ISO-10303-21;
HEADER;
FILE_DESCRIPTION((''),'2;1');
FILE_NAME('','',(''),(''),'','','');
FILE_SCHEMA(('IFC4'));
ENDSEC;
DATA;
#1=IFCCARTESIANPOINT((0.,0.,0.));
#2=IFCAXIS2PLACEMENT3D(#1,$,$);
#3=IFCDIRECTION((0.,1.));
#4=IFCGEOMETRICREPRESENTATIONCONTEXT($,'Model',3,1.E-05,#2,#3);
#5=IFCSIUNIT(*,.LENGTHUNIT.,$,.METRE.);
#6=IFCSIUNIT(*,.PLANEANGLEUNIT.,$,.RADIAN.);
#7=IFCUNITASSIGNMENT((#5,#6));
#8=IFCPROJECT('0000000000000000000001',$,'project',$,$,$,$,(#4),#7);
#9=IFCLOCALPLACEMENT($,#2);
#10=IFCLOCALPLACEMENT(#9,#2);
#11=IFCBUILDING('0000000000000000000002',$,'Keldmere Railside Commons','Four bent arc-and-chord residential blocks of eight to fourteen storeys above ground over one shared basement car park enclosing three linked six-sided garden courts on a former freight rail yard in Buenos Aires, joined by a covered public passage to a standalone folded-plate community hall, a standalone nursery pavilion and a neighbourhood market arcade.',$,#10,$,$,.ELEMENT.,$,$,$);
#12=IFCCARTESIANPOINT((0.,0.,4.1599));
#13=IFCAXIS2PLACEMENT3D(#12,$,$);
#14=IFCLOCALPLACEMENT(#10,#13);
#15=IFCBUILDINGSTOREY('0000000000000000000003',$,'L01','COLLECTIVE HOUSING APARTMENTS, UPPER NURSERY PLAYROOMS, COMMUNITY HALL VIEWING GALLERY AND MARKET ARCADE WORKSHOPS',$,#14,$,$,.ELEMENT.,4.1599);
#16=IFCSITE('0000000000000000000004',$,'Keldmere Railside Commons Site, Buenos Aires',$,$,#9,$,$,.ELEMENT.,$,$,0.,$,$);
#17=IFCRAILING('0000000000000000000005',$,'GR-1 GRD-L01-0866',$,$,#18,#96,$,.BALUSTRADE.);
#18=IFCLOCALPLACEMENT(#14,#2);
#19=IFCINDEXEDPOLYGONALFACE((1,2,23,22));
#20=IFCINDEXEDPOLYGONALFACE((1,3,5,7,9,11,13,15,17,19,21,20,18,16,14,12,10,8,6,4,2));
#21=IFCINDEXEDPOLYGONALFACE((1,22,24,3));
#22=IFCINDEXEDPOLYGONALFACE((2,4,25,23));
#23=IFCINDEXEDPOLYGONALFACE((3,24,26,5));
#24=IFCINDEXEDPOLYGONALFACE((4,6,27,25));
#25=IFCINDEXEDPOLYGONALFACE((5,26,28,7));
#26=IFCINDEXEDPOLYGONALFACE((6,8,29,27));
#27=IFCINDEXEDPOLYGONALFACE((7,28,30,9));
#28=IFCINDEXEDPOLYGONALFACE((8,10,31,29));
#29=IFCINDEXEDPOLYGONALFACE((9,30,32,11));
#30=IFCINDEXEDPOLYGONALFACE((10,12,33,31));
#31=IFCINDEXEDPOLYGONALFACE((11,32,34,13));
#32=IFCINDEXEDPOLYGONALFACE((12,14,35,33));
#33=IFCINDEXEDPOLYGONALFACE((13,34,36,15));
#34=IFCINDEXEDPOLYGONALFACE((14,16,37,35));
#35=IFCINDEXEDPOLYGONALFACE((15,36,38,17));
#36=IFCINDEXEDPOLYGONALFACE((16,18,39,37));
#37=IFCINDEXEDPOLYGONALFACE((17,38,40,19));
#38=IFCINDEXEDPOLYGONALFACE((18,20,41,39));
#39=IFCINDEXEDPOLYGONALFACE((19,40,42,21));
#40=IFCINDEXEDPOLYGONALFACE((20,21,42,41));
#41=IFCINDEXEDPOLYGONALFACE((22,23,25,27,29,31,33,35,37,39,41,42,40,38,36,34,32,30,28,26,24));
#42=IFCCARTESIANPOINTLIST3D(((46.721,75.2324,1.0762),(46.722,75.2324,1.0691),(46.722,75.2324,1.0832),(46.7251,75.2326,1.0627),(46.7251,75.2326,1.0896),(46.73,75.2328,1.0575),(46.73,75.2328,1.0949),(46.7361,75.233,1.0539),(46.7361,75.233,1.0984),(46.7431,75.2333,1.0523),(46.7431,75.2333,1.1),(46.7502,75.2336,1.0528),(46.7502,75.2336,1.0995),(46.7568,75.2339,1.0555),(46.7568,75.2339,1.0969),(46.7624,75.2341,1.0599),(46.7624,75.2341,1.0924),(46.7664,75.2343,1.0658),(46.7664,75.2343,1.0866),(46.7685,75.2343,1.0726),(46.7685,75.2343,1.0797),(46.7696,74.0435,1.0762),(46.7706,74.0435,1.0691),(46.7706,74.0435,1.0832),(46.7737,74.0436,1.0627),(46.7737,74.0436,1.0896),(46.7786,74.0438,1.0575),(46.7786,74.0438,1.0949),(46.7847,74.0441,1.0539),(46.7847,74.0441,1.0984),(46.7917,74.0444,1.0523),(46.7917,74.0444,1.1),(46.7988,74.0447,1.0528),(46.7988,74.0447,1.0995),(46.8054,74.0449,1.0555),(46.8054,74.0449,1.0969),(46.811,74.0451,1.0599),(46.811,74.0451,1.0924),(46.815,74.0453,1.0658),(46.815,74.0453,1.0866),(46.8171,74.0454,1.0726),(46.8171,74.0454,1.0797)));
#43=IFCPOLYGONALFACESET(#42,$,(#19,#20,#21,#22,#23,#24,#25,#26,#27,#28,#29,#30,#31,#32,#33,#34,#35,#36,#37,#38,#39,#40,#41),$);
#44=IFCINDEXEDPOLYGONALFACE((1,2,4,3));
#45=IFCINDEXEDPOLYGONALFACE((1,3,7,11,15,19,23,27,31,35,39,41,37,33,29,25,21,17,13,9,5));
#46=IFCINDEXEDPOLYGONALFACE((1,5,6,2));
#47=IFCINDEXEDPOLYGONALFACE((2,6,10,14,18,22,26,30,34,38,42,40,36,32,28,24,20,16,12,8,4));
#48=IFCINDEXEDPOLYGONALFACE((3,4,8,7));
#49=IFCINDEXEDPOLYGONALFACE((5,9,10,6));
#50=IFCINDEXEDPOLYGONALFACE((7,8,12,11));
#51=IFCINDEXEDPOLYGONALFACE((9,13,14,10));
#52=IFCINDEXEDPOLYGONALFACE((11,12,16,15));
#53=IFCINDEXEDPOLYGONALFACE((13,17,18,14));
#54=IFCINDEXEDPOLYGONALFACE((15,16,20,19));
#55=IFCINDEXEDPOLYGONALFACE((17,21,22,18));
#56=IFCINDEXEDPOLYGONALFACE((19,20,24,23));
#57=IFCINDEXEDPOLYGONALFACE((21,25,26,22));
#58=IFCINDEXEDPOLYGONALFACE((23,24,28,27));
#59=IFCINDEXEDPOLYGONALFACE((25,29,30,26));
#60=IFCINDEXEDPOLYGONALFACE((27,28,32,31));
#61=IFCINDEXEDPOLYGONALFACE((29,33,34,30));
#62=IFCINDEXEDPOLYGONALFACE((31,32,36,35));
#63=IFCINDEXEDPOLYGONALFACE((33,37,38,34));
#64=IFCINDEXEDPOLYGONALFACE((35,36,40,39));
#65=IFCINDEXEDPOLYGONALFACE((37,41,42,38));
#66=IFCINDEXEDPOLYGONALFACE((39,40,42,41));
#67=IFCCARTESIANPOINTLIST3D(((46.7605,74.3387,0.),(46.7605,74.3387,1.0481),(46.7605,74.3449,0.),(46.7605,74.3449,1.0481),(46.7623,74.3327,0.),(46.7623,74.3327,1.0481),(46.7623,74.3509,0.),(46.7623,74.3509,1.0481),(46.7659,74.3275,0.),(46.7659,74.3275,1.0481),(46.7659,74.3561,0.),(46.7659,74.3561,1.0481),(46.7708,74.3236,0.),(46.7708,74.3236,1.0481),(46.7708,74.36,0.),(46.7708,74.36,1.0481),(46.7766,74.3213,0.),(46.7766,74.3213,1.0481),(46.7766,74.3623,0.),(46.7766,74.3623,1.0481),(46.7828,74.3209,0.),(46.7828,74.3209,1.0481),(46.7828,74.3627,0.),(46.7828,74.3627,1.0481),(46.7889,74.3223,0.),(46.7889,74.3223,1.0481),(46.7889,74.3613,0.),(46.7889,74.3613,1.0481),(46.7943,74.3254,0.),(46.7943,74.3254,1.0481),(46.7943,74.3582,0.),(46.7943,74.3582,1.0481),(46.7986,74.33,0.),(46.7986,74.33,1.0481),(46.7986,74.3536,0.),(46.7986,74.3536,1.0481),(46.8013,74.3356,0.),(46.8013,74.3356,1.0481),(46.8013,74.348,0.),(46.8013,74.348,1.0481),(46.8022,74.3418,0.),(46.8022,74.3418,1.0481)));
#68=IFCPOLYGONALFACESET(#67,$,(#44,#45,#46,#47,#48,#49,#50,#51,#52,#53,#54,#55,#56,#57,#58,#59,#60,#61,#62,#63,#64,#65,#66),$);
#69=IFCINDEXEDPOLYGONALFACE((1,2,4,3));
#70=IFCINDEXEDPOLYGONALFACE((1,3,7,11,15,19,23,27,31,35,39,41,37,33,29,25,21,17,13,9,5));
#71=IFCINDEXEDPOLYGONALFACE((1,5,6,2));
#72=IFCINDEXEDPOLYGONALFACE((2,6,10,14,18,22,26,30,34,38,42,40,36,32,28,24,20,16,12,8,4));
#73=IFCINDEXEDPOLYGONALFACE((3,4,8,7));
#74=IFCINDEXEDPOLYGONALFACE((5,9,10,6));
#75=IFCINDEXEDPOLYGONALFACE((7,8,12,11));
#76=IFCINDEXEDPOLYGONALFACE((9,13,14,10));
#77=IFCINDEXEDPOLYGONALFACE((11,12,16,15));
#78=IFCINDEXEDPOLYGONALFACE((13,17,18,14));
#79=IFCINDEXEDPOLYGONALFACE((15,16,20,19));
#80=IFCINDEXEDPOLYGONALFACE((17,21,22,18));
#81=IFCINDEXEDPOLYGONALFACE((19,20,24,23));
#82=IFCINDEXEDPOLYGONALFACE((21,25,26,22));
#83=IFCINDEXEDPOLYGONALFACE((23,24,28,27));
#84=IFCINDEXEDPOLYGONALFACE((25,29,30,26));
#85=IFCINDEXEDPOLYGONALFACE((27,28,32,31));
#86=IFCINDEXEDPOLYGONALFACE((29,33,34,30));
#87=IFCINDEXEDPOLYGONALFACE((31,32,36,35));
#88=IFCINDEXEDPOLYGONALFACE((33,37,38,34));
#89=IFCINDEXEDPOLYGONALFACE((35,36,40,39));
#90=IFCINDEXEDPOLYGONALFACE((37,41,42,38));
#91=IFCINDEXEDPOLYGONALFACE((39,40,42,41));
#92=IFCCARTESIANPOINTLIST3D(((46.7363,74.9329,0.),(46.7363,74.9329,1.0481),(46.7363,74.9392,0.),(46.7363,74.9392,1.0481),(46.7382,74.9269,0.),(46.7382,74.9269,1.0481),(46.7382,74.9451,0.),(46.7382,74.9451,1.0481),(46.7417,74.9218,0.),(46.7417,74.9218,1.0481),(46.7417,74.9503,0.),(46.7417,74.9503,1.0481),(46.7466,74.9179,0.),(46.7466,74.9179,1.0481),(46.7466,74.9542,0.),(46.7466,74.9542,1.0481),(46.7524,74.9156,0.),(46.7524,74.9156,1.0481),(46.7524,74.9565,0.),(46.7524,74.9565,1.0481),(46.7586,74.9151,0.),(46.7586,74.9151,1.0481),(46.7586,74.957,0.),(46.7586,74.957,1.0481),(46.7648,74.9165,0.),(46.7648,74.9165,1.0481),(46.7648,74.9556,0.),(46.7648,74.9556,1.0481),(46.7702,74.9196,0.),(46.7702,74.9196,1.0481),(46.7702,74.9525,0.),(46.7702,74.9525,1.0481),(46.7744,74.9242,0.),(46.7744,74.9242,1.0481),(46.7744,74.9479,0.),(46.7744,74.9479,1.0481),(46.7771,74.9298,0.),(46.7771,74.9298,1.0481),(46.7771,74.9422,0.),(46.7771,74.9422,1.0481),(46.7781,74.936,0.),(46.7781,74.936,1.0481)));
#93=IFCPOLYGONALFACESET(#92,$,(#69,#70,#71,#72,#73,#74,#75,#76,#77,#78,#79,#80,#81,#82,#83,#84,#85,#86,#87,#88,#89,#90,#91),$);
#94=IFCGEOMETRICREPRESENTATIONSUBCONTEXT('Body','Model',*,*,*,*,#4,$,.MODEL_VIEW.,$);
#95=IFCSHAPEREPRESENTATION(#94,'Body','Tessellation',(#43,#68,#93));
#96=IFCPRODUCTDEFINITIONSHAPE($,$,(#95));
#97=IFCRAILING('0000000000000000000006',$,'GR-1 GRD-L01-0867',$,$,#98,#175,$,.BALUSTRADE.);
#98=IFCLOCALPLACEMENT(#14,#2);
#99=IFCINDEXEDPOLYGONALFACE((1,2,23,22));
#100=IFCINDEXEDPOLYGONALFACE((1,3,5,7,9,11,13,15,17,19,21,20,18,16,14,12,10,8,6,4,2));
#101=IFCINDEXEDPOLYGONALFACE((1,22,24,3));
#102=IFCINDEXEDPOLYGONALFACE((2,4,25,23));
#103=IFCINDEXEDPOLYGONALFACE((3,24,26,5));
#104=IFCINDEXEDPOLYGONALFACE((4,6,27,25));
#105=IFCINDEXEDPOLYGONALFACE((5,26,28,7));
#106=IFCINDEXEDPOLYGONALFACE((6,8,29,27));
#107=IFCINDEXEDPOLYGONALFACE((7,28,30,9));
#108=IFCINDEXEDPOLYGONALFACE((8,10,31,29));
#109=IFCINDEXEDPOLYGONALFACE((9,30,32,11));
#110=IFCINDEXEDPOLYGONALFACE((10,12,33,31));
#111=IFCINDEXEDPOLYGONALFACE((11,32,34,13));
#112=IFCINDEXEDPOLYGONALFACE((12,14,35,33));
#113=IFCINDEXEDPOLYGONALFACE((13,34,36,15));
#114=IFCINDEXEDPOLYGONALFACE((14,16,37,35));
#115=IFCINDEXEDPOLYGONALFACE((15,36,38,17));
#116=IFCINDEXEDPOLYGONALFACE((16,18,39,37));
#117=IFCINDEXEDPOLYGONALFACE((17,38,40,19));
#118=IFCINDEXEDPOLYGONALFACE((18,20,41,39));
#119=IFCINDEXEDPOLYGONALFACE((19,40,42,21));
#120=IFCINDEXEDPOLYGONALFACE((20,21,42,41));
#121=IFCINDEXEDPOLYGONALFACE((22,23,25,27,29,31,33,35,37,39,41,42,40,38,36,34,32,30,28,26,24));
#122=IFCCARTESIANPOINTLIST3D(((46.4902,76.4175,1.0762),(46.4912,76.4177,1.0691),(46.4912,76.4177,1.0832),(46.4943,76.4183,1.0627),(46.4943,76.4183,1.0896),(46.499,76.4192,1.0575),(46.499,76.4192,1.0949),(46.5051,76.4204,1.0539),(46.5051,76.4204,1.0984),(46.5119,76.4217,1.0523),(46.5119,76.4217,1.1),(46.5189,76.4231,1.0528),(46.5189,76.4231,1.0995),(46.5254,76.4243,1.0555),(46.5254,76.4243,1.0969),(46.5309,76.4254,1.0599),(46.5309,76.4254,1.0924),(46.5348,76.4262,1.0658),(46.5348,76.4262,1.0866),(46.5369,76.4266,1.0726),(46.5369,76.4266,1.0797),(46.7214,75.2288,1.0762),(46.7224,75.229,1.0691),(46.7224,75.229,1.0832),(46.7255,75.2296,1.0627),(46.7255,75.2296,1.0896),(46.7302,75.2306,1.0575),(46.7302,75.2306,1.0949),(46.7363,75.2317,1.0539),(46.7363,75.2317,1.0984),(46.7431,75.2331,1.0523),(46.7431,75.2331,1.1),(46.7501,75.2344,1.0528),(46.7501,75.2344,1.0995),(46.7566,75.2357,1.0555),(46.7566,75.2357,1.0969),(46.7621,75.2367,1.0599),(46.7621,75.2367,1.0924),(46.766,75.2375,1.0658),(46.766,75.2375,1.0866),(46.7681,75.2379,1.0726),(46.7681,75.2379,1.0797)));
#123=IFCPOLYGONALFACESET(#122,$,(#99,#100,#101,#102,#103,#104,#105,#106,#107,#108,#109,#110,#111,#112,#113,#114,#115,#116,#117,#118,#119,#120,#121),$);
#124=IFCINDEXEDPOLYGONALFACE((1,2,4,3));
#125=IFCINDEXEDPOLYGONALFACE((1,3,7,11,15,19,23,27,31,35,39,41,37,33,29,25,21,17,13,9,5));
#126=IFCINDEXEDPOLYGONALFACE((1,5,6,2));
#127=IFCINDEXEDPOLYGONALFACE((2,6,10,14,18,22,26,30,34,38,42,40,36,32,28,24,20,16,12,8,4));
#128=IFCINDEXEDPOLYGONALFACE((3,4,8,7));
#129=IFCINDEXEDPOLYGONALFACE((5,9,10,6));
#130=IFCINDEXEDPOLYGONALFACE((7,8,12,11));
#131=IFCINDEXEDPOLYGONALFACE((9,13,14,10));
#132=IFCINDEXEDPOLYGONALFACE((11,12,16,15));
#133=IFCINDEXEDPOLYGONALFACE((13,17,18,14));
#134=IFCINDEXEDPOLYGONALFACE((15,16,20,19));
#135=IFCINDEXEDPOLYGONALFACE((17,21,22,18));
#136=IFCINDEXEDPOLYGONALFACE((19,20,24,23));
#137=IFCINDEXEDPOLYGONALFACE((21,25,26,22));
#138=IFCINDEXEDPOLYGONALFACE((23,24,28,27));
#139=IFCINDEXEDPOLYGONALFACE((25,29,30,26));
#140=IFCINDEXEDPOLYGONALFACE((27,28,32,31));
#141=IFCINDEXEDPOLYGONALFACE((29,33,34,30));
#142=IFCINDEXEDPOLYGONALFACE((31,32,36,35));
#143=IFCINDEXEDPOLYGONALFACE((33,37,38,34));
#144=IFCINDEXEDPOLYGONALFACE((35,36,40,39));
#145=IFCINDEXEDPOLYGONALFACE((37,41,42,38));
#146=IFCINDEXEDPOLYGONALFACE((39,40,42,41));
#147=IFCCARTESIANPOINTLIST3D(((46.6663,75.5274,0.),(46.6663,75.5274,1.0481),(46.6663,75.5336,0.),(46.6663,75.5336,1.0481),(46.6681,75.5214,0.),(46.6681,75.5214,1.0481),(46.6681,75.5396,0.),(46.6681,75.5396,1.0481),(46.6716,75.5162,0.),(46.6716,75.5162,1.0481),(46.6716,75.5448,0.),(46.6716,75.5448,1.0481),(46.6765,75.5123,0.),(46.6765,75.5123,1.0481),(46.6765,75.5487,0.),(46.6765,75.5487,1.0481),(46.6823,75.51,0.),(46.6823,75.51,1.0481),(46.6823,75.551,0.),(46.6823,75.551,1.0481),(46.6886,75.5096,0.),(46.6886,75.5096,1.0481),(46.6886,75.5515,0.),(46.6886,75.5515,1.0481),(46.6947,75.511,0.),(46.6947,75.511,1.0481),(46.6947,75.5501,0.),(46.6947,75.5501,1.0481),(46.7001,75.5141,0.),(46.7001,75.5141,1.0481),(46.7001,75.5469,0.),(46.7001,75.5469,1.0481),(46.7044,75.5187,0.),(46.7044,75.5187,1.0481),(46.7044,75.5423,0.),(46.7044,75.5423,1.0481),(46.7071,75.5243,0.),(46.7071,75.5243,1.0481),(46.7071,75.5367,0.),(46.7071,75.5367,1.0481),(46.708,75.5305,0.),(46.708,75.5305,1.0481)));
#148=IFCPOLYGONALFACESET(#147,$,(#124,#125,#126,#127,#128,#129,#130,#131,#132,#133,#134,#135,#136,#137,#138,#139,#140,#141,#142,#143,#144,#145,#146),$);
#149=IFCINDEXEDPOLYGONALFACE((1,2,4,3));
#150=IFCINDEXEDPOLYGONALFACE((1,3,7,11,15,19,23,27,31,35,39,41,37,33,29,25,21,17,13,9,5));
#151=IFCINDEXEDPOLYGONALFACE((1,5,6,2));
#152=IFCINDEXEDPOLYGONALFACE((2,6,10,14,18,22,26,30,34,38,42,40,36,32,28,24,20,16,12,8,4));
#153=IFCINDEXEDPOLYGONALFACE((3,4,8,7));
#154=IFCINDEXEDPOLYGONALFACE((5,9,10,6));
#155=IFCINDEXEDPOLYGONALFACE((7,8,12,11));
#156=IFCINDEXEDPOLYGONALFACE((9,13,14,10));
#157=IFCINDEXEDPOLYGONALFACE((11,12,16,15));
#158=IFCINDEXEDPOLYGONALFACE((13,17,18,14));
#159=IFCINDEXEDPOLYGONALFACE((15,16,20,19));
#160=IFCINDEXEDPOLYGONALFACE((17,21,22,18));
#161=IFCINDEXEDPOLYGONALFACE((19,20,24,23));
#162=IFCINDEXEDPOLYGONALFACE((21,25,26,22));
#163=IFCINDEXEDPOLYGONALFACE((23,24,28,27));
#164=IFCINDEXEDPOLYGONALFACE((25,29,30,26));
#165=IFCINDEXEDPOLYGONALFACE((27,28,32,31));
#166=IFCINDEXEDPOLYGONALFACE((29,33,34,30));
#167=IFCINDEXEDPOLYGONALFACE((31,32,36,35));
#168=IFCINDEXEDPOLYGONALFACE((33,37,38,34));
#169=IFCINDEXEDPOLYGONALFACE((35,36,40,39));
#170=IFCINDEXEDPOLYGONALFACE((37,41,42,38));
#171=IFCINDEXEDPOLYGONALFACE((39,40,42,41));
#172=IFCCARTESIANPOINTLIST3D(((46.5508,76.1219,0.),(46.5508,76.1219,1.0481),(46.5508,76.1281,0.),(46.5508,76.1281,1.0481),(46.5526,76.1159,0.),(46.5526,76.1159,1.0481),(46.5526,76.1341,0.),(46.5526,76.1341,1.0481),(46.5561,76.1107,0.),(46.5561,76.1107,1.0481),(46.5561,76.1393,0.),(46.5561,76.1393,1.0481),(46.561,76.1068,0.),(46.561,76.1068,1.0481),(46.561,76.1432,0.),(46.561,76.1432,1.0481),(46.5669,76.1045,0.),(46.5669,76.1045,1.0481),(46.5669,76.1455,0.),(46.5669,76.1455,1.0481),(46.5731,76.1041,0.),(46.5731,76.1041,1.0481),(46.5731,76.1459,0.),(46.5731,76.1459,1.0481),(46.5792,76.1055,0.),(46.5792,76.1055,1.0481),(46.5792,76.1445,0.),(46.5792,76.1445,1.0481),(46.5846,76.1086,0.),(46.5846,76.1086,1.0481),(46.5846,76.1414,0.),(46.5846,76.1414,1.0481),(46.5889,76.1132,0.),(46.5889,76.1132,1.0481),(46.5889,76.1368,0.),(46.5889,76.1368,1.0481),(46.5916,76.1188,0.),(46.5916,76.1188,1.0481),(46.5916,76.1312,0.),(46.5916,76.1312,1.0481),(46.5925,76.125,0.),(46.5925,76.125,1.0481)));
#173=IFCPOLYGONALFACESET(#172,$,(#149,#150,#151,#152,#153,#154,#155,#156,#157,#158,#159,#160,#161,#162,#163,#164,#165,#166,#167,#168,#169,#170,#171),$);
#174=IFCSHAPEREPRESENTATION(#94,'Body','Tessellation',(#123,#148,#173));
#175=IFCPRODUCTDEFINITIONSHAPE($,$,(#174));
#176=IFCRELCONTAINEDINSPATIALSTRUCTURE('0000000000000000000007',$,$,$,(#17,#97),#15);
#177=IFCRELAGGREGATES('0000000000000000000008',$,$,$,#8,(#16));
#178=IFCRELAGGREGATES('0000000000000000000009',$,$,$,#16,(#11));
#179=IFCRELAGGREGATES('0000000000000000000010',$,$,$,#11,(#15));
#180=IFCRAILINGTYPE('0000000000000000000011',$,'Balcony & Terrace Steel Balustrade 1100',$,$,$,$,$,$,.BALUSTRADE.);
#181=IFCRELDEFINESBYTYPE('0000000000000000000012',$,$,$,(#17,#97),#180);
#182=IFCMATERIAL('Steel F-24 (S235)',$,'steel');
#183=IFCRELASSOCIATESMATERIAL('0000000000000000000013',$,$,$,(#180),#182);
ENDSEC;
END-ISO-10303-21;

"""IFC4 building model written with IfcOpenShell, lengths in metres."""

from ifc_helpers import new_model, si_unit, direction, frame, origin, origin_2d, place, context, subcontext, project, spatial, circle, extrude, material, type_object, element, save


model = new_model("IFC4")

# Units and contexts
model_context = context("Model", 3, precision=1e-05, world=origin(), true_north=direction((0.0, 1.0)))
body_context = subcontext(model_context, "Body", "Model", "MODEL_VIEW")
ifc_project = project(units=[si_unit("LENGTHUNIT", "METRE"), si_unit("PLANEANGLEUNIT", "RADIAN")], contexts=[model_context])

# Site, building, storey
site_placement = place(None, origin())
site = spatial("IfcSite", under=ifc_project, at=site_placement, Name="Keldmere Railside Commons Site, Buenos Aires", CompositionType="ELEMENT", RefElevation=0.0)
building_placement = place(site_placement, origin())
building = spatial("IfcBuilding", under=site, at=building_placement, Name="Keldmere Railside Commons", Description="Four bent arc-and-chord residential blocks of eight to fourteen storeys above ground over one shared basement car park enclosing three linked six-sided garden courts on a former freight rail yard in Buenos Aires, joined by a covered public passage to a standalone folded-plate community hall, a standalone nursery pavilion and a neighbourhood market arcade.", CompositionType="ELEMENT")
storey_placement = place(building_placement, frame((0.0, 0.0, 4.1599)))
storey = spatial("IfcBuildingStorey", under=building, at=storey_placement, Name="L01", Description="COLLECTIVE HOUSING APARTMENTS, UPPER NURSERY PLAYROOMS, COMMUNITY HALL VIEWING GALLERY AND MARKET ARCADE WORKSHOPS", CompositionType="ELEMENT", Elevation=4.1599)

# Railings
ifc_material_1 = material(Name="Steel F-24 (S235)", Category="steel")
railing_type_1 = type_object("IfcRailingType", Name="Balcony & Terrace Steel Balustrade 1100", PredefinedType="BALUSTRADE", material=ifc_material_1)
railing_1_placement = place(storey_placement, frame((46.7935, 74.0444, 0.0)))
element("IfcRailing", 1, at=railing_1_placement, inside=storey, type_object=railing_type_1, Name="GR-1 GRD-L01-0866", PredefinedType="BALUSTRADE", context=body_context, shape_type="SweptSolid", body=[
    extrude(circle(Radius=0.0239, at=origin_2d()), frame((0.0, 0.0, 1.0762), z_axis=(-0.040828, 0.999166, 0.0), x_axis=(-0.999166, -0.040828, 0.0)), (0.0, 0.0, 1.0), 1.1899),
    extrude(circle(Radius=0.021, at=origin_2d()), frame((-0.0122, 0.2974, 0.0)), (0.0, 0.0, 1.0), 1.0481),
    extrude(circle(Radius=0.021, at=origin_2d()), frame((-0.0364, 0.8916, 0.0)), (0.0, 0.0, 1.0), 1.0481),
])
railing_2_placement = place(storey_placement, frame((46.7449, 75.2334, 0.0)))
element("IfcRailing", 2, at=railing_2_placement, inside=storey, type_object=railing_type_1, Name="GR-1 GRD-L01-0867", PredefinedType="BALUSTRADE", context=body_context, shape_type="SweptSolid", body=[
    extrude(circle(Radius=0.0239, at=origin_2d()), frame((0.0, 0.0, 1.0762), z_axis=(-0.190918, 0.981606, 0.0), x_axis=(-0.981606, -0.190918, 0.0)), (0.0, 0.0, 1.0), 1.2109),
    extrude(circle(Radius=0.021, at=origin_2d()), frame((-0.0579, 0.2971, 0.0)), (0.0, 0.0, 1.0), 1.0481),
    extrude(circle(Radius=0.021, at=origin_2d()), frame((-0.1733, 0.8916, 0.0)), (0.0, 0.0, 1.0), 1.0481),
])

save(model, "model.ifc")
